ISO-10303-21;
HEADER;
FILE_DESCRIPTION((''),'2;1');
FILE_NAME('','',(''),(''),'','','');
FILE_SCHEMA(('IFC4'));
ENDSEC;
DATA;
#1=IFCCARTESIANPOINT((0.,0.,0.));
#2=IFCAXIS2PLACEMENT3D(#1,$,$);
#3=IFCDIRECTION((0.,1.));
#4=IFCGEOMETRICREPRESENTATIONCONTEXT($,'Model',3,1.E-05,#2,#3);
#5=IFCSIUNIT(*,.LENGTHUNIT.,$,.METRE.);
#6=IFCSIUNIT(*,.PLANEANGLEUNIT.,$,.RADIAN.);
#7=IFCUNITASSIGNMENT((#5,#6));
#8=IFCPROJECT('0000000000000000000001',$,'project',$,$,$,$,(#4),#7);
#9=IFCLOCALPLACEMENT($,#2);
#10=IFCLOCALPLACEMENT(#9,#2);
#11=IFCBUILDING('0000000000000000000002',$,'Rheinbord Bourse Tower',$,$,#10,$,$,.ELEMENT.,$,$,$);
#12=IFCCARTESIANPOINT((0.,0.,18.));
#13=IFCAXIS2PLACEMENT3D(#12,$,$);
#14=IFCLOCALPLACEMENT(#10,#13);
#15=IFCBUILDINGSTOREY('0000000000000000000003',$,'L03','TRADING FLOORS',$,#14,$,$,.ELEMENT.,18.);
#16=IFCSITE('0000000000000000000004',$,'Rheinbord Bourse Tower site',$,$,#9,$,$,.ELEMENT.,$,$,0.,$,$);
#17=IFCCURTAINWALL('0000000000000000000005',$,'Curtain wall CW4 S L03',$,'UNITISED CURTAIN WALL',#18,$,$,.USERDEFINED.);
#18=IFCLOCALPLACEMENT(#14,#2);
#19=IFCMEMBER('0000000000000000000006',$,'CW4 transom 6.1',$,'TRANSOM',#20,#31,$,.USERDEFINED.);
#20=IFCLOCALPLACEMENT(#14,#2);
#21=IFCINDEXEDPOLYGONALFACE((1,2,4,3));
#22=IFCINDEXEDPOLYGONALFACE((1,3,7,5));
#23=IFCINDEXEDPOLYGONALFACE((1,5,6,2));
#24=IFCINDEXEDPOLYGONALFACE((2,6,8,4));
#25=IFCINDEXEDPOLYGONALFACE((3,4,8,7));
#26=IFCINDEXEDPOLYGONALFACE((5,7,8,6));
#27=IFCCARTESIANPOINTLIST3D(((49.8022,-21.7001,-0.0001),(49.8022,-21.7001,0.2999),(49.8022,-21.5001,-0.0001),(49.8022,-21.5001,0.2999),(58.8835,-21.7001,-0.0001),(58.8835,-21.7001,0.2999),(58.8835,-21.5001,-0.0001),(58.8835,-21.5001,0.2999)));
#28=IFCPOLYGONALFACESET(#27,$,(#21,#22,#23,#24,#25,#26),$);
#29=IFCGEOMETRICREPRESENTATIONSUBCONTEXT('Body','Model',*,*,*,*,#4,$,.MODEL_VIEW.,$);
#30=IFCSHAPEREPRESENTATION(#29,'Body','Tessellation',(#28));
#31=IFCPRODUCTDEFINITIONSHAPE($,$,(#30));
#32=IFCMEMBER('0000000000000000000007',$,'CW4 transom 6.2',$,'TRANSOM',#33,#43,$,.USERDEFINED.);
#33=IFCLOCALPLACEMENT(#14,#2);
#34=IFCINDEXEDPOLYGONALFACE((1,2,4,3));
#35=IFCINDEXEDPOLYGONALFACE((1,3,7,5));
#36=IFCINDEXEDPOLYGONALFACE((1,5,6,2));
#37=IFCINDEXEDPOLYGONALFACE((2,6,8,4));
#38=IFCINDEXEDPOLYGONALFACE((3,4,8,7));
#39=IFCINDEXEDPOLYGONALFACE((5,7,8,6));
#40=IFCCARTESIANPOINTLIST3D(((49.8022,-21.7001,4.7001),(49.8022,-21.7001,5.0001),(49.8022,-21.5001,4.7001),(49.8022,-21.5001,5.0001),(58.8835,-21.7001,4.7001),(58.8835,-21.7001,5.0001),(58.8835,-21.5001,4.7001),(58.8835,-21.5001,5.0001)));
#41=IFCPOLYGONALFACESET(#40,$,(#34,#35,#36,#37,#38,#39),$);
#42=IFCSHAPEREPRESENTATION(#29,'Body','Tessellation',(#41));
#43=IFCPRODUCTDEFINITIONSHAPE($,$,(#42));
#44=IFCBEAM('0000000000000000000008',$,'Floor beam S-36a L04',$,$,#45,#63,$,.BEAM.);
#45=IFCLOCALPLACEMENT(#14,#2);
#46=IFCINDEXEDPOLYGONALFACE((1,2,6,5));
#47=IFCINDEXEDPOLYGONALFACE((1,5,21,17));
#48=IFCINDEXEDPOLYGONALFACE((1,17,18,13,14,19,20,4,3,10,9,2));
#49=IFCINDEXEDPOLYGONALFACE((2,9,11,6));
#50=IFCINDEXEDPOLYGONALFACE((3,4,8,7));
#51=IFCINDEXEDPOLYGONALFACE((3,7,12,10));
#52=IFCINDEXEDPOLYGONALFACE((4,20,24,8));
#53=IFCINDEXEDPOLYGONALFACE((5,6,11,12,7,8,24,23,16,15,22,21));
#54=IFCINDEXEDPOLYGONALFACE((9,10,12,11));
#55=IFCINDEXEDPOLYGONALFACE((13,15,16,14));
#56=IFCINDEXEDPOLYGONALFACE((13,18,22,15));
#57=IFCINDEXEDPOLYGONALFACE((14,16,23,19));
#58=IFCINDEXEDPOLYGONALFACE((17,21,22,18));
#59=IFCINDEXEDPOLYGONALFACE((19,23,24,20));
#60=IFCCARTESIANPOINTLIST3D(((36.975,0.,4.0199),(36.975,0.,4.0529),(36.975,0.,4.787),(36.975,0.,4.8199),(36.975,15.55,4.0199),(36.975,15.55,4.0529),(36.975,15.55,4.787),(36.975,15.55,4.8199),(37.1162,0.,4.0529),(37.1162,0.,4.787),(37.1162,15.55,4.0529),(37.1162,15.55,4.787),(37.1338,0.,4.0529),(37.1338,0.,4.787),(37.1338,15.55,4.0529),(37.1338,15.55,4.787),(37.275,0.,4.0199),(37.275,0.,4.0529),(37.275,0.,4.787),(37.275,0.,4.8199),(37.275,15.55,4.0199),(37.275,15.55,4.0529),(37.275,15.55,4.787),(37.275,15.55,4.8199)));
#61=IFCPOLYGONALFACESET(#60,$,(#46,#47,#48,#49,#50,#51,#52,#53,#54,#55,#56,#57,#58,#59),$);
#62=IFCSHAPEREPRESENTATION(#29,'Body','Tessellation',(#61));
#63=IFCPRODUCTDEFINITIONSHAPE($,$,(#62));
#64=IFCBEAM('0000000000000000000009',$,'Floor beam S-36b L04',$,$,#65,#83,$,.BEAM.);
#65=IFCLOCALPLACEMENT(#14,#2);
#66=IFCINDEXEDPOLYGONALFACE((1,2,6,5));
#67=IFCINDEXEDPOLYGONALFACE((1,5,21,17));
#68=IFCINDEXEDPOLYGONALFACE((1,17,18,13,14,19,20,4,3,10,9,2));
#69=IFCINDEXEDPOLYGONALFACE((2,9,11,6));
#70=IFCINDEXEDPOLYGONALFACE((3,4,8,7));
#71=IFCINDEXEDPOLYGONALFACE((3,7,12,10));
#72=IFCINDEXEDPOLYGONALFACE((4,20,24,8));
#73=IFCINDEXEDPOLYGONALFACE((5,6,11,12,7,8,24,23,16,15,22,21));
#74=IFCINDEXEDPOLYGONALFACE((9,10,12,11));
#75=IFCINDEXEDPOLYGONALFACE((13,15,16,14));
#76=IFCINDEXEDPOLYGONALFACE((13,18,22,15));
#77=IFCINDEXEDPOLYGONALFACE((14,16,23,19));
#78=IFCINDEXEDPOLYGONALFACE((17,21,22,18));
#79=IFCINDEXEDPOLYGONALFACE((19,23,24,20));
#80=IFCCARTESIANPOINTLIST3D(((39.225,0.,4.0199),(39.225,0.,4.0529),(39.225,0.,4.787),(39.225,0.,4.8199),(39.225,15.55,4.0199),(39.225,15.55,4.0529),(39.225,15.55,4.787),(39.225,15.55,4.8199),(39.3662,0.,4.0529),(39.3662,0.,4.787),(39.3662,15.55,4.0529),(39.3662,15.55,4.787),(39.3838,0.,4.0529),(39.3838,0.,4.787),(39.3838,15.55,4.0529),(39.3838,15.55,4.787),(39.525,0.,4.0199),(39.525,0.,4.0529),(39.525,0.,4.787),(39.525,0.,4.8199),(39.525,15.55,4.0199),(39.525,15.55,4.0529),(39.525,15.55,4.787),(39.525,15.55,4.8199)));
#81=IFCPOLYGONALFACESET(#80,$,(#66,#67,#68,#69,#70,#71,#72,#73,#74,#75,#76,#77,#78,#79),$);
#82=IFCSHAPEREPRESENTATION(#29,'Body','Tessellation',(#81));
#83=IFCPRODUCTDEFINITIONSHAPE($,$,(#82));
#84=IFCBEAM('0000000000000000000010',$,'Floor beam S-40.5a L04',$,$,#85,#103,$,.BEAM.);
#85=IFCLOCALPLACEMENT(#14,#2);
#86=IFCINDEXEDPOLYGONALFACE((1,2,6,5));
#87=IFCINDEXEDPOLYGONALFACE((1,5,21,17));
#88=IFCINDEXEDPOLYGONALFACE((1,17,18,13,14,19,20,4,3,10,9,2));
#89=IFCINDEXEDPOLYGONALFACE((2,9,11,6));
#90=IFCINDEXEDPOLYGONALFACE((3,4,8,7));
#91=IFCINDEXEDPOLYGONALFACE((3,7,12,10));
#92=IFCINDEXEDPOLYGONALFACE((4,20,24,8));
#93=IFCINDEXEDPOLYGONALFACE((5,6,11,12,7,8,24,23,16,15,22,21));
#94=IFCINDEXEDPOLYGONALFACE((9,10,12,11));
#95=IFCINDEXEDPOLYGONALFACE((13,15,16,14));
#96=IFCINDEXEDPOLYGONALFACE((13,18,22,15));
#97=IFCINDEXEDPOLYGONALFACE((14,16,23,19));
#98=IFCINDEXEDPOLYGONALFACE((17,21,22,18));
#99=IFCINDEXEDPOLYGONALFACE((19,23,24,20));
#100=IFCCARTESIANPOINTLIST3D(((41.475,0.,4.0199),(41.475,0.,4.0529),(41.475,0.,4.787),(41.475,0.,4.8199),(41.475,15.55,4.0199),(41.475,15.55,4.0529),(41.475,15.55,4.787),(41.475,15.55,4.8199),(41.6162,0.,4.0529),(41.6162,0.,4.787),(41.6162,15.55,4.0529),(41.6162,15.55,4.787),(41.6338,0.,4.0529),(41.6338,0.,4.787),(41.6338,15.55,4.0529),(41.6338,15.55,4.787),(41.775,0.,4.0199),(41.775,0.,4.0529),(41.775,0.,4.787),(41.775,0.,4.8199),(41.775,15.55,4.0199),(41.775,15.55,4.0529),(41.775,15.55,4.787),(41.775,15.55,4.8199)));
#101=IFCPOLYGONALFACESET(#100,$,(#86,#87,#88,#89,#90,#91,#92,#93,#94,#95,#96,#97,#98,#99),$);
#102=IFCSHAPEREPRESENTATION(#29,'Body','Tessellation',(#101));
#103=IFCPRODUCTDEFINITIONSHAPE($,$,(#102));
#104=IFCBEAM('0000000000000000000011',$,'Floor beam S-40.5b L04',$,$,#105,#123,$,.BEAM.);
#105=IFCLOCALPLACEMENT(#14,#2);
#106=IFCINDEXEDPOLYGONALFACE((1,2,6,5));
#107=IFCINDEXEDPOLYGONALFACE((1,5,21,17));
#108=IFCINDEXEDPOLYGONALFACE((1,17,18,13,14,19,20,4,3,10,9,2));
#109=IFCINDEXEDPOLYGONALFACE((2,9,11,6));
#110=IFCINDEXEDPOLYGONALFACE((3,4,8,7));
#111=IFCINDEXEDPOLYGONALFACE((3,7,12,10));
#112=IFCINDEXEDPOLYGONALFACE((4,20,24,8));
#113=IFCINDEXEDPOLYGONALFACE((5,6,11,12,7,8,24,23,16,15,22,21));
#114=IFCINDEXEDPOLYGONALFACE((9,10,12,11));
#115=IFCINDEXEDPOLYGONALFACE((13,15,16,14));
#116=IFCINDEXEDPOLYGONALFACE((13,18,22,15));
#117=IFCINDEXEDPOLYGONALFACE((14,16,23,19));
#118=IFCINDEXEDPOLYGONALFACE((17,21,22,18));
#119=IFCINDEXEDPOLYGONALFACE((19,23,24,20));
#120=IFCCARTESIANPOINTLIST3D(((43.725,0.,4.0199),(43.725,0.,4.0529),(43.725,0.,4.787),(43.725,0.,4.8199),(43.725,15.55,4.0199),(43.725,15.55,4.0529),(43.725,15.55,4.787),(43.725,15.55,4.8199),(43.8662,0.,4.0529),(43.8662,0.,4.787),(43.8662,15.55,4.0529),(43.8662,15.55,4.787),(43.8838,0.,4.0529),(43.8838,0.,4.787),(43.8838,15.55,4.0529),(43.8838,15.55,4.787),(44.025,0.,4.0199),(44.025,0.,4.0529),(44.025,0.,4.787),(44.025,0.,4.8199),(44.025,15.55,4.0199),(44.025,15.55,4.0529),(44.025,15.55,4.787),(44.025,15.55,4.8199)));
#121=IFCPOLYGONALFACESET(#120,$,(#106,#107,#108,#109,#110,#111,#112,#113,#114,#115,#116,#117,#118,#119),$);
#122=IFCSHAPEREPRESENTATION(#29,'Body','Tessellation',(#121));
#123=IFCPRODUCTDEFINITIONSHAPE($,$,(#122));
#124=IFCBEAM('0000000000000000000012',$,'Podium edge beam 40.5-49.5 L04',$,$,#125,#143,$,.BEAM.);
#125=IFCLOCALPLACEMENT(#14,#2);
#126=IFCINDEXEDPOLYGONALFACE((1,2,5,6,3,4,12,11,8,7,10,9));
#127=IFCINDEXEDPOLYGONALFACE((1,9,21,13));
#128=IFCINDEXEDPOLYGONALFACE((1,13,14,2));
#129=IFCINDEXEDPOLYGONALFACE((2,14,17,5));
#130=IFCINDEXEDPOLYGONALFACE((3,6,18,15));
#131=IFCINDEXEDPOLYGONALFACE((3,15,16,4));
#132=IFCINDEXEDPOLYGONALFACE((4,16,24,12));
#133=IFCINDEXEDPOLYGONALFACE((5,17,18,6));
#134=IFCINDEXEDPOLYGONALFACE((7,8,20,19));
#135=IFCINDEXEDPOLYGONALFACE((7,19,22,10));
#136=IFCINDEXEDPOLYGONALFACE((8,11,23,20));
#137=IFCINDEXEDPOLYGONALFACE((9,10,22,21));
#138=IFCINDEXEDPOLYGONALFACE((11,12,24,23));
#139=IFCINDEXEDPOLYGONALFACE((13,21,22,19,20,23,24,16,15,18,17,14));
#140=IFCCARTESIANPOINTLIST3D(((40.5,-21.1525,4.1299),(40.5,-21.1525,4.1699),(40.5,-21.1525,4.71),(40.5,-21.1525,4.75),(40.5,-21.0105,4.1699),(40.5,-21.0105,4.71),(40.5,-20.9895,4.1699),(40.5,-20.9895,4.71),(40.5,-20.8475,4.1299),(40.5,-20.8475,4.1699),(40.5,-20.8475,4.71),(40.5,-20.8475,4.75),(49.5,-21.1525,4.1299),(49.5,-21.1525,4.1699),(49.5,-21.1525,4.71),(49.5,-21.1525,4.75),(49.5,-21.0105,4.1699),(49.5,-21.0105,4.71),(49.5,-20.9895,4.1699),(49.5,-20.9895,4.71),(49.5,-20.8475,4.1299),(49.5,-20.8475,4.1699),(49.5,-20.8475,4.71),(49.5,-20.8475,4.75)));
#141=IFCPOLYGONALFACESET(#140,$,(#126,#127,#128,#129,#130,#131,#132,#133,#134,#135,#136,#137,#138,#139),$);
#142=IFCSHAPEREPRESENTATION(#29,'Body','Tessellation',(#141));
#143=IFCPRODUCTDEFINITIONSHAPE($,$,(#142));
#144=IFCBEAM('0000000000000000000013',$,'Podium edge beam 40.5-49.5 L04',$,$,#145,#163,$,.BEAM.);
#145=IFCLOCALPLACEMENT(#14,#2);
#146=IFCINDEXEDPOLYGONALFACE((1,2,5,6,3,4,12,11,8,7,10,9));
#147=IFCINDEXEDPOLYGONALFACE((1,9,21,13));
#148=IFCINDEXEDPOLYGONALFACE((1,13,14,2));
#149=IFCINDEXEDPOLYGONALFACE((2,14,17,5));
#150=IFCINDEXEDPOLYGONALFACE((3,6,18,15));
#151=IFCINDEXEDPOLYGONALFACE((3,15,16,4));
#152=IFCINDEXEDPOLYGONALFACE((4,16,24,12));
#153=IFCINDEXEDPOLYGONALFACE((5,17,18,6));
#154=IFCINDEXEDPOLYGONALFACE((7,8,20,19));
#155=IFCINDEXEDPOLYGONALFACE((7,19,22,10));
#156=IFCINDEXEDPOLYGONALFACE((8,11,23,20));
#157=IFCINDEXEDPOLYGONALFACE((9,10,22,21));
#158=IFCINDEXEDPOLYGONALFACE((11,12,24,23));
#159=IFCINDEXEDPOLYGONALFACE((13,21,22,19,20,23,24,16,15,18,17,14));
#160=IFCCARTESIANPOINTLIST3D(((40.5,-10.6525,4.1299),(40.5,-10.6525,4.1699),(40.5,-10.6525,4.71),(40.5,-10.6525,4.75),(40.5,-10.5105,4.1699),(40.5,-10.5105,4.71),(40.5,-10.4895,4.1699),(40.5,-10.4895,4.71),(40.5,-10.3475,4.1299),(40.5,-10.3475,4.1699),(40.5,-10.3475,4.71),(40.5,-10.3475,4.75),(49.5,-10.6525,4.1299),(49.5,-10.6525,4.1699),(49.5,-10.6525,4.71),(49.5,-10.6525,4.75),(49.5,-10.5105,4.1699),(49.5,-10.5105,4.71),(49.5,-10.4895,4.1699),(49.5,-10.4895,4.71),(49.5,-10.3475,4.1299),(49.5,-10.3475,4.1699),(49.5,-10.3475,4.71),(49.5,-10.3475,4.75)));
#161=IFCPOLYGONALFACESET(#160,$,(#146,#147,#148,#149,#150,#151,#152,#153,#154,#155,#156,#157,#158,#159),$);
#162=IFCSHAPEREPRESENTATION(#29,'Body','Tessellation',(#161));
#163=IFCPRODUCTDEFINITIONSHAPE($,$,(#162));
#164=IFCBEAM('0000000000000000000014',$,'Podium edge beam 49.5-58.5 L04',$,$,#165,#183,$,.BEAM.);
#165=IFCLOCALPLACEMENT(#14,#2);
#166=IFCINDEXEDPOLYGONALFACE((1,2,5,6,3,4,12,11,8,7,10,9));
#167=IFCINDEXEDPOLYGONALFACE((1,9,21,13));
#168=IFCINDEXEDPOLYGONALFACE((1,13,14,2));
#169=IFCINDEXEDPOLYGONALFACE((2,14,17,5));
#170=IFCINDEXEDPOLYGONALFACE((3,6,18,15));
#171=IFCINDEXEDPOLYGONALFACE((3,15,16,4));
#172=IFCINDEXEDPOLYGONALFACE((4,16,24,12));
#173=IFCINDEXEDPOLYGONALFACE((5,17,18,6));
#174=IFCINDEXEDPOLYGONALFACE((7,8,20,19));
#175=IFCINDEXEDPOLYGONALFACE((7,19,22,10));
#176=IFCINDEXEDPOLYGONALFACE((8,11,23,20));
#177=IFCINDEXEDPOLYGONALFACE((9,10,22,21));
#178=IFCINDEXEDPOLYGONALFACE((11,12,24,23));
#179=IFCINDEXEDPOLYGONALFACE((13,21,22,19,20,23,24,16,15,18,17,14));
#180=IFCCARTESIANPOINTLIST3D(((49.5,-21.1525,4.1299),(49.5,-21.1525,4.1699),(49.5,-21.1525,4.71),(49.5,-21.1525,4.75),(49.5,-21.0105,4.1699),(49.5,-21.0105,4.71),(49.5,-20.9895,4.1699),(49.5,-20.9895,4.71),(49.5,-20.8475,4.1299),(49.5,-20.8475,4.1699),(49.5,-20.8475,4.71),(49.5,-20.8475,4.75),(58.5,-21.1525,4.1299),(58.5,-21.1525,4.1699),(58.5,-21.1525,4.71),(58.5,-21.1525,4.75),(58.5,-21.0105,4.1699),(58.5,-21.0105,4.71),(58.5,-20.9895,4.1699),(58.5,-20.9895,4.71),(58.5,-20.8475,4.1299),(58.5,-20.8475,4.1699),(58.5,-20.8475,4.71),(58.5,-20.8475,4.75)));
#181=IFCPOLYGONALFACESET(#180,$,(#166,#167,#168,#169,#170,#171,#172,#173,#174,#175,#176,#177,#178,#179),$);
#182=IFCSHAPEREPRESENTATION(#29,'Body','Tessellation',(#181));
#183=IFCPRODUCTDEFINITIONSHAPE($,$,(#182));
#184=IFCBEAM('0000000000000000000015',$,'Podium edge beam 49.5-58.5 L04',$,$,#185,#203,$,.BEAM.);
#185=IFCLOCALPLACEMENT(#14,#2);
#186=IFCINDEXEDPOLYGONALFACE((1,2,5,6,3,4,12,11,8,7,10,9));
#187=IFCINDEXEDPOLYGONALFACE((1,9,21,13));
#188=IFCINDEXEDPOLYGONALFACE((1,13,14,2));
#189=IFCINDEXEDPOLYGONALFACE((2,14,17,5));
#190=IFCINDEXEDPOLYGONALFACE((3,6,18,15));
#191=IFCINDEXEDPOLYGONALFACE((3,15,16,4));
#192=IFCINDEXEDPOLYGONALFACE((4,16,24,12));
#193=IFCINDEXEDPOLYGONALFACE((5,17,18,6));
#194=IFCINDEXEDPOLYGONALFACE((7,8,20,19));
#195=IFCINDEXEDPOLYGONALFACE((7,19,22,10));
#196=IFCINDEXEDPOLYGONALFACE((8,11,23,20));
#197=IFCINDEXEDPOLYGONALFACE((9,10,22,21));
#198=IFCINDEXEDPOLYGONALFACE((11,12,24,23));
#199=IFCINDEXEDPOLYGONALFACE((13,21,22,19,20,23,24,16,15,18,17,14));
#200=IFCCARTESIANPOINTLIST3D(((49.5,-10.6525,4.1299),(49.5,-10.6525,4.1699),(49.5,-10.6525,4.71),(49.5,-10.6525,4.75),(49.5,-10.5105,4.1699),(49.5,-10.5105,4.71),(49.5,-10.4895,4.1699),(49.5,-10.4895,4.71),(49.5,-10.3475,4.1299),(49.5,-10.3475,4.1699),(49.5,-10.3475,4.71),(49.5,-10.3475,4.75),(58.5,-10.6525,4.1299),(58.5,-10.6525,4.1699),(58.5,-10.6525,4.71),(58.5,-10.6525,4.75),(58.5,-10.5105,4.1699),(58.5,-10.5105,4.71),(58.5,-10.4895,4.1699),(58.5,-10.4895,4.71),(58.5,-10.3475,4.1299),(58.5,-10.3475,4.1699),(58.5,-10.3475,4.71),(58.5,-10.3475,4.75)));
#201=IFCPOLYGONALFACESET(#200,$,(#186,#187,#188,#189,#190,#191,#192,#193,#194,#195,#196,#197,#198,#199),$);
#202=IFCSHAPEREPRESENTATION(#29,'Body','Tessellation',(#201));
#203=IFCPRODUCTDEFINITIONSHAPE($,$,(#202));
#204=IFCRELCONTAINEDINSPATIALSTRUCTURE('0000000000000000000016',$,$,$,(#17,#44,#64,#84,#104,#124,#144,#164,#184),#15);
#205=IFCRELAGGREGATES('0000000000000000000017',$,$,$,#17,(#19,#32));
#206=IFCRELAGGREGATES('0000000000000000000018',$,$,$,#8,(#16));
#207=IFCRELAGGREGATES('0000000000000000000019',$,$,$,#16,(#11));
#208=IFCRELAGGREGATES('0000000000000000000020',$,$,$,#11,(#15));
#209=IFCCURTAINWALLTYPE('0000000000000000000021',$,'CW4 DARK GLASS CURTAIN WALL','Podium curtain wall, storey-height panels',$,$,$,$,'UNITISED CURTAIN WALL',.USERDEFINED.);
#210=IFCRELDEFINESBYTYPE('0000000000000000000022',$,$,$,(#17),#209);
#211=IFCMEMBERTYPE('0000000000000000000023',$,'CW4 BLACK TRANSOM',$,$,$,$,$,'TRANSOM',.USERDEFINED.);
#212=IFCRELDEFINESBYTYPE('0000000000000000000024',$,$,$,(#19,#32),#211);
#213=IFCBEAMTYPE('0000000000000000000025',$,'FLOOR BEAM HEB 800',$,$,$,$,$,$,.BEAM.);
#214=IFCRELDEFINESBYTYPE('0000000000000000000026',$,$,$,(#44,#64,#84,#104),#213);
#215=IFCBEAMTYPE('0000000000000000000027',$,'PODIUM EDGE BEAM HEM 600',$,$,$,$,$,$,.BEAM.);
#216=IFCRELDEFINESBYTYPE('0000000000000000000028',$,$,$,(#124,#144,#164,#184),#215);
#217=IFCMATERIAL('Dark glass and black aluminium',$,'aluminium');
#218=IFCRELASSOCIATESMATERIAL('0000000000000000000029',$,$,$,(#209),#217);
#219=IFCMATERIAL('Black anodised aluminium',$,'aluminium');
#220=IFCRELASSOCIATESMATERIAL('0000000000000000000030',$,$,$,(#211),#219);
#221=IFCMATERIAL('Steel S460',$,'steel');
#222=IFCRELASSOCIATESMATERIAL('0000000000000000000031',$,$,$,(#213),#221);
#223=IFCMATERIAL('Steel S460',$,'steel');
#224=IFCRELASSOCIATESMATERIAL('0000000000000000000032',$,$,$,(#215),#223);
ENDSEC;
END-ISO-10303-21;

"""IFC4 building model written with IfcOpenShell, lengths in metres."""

from ifc_helpers import new_model, si_unit, direction, frame, origin, origin_2d, place, context, subcontext, project, spatial, rectangle, i_section, extrude, material, material_profile, profile_set, type_object, element, aggregate, save


model = new_model("IFC4")

# Units and contexts
model_context = context("Model", 3, precision=1e-05, world=origin(), true_north=direction((0.0, 1.0)))
body_context = subcontext(model_context, "Body", "Model", "MODEL_VIEW")
ifc_project = project(units=[si_unit("LENGTHUNIT", "METRE"), si_unit("PLANEANGLEUNIT", "RADIAN")], contexts=[model_context])

# Site, building, storey
site_placement = place(None, origin())
site = spatial("IfcSite", under=ifc_project, at=site_placement, Name="Rheinbord Bourse Tower site", CompositionType="ELEMENT", RefElevation=0.0)
building_placement = place(site_placement, origin())
building = spatial("IfcBuilding", under=site, at=building_placement, Name="Rheinbord Bourse Tower", CompositionType="ELEMENT")
storey_placement = place(building_placement, frame((0.0, 0.0, 18.0)))
storey = spatial("IfcBuildingStorey", under=building, at=storey_placement, Name="L03", Description="TRADING FLOORS", CompositionType="ELEMENT", Elevation=18.0)

# Curtain wall, members
ifc_material_1 = material(Name="Dark glass and black aluminium", Category="aluminium")
curtain_wall_type = type_object("IfcCurtainWallType", Name="CW4 DARK GLASS CURTAIN WALL", Description="Podium curtain wall, storey-height panels", ElementType="UNITISED CURTAIN WALL", PredefinedType="USERDEFINED", material=ifc_material_1)
curtain_wall_placement = place(storey_placement, origin())
curtain_wall = element("IfcCurtainWall", 1, at=curtain_wall_placement, inside=storey, type_object=curtain_wall_type, Name="Curtain wall CW4 S L03", ObjectType="UNITISED CURTAIN WALL", PredefinedType="USERDEFINED")
ifc_material_2 = material(Name="Black anodised aluminium", Category="aluminium")
ifc_material_profile_1 = material_profile(ifc_material_2, rectangle(XDim=0.2, YDim=0.3, at=origin_2d()), Name="CW4 TRANSOM 300x200")
ifc_profile_set_1 = profile_set([ifc_material_profile_1], Name="Black anodised aluminium")
member_type_1 = type_object("IfcMemberType", Name="CW4 BLACK TRANSOM", ElementType="TRANSOM", PredefinedType="USERDEFINED", material=ifc_profile_set_1)
member_1_placement = place(storey_placement, frame((49.8022, -21.6001, 0.1499), z_axis=(1.0, 0.0, 0.0), x_axis=(0.0, 1.0, 0.0)))
member_1 = element("IfcMember", 2, at=member_1_placement, type_object=member_type_1, Name="CW4 transom 6.1", ObjectType="TRANSOM", PredefinedType="USERDEFINED", context=body_context, shape_type="SweptSolid", body=[
    extrude(rectangle(XDim=0.2, YDim=0.3, at=origin_2d()), origin(), (0.0, 0.0, 1.0), 9.0813),
])
member_2_placement = place(storey_placement, frame((49.8022, -21.6001, 4.8501), z_axis=(1.0, 0.0, 0.0), x_axis=(0.0, 1.0, 0.0)))
member_2 = element("IfcMember", 3, at=member_2_placement, type_object=member_type_1, Name="CW4 transom 6.2", ObjectType="TRANSOM", PredefinedType="USERDEFINED", context=body_context, shape_type="SweptSolid", body=[
    extrude(rectangle(XDim=0.2, YDim=0.3, at=origin_2d()), origin(), (0.0, 0.0, 1.0), 9.0813),
])

# Beams
ifc_material_3 = material(Name="Steel S460", Category="steel")
ifc_material_profile_2 = material_profile(ifc_material_3, i_section(OverallWidth=0.3, OverallDepth=0.8, WebThickness=0.0176, FlangeThickness=0.033, at=origin_2d()), Name="HEB 800")
ifc_profile_set_2 = profile_set([ifc_material_profile_2], Name="Steel S460")
beam_type_1 = type_object("IfcBeamType", Name="FLOOR BEAM HEB 800", PredefinedType="BEAM", material=ifc_profile_set_2)
for number, where, z_axis, x_axis, name in (
    (4, (37.125, 0.0, 4.4199), (0.0, 1.0, 0.0), (-1.0, 0.0, 0.0), "Floor beam S-36a L04"),
    (5, (39.375, 0.0, 4.4199), (0.0, 1.0, 0.0), (-1.0, 0.0, 0.0), "Floor beam S-36b L04"),
    (6, (41.625, 0.0, 4.4199), (0.0, 1.0, 0.0), (-1.0, 0.0, 0.0), "Floor beam S-40.5a L04"),
    (7, (43.875, 0.0, 4.4199), (0.0, 1.0, 0.0), (-1.0, 0.0, 0.0), "Floor beam S-40.5b L04"),
):
    element("IfcBeam", number, at=place(storey_placement, frame(where, z_axis=z_axis, x_axis=x_axis)), inside=storey, type_object=beam_type_1, Name=name, PredefinedType="BEAM", context=body_context, shape_type="SweptSolid", body=[
        extrude(i_section(OverallWidth=0.3, OverallDepth=0.8, WebThickness=0.0176, FlangeThickness=0.033, at=origin_2d()), origin(), (0.0, 0.0, 1.0), 15.55),
    ])
ifc_material_4 = material(Name="Steel S460", Category="steel")
ifc_material_profile_3 = material_profile(ifc_material_4, i_section(OverallWidth=0.3049, OverallDepth=0.6201, WebThickness=0.021, FlangeThickness=0.04, at=origin_2d()), Name="HEM 600")
ifc_profile_set_3 = profile_set([ifc_material_profile_3], Name="Steel S460")
beam_type_2 = type_object("IfcBeamType", Name="PODIUM EDGE BEAM HEM 600", PredefinedType="BEAM", material=ifc_profile_set_3)
for number, where, z_axis, x_axis, name in (
    (8, (40.5, -21.0, 4.4399), (1.0, 0.0, 0.0), (0.0, 1.0, 0.0), "Podium edge beam 40.5-49.5 L04"),
    (9, (40.5, -10.5, 4.4399), (1.0, 0.0, 0.0), (0.0, 1.0, 0.0), "Podium edge beam 40.5-49.5 L04"),
    (10, (49.5, -21.0, 4.4399), (1.0, 0.0, 0.0), (0.0, 1.0, 0.0), "Podium edge beam 49.5-58.5 L04"),
    (11, (49.5, -10.5, 4.4399), (1.0, 0.0, 0.0), (0.0, 1.0, 0.0), "Podium edge beam 49.5-58.5 L04"),
):
    element("IfcBeam", number, at=place(storey_placement, frame(where, z_axis=z_axis, x_axis=x_axis)), inside=storey, type_object=beam_type_2, Name=name, PredefinedType="BEAM", context=body_context, shape_type="SweptSolid", body=[
        extrude(i_section(OverallWidth=0.3049, OverallDepth=0.6201, WebThickness=0.021, FlangeThickness=0.04, at=origin_2d()), origin(), (0.0, 0.0, 1.0), 9.0),
    ])

aggregate(curtain_wall, [member_1, member_2])

save(model, "model.ifc")
